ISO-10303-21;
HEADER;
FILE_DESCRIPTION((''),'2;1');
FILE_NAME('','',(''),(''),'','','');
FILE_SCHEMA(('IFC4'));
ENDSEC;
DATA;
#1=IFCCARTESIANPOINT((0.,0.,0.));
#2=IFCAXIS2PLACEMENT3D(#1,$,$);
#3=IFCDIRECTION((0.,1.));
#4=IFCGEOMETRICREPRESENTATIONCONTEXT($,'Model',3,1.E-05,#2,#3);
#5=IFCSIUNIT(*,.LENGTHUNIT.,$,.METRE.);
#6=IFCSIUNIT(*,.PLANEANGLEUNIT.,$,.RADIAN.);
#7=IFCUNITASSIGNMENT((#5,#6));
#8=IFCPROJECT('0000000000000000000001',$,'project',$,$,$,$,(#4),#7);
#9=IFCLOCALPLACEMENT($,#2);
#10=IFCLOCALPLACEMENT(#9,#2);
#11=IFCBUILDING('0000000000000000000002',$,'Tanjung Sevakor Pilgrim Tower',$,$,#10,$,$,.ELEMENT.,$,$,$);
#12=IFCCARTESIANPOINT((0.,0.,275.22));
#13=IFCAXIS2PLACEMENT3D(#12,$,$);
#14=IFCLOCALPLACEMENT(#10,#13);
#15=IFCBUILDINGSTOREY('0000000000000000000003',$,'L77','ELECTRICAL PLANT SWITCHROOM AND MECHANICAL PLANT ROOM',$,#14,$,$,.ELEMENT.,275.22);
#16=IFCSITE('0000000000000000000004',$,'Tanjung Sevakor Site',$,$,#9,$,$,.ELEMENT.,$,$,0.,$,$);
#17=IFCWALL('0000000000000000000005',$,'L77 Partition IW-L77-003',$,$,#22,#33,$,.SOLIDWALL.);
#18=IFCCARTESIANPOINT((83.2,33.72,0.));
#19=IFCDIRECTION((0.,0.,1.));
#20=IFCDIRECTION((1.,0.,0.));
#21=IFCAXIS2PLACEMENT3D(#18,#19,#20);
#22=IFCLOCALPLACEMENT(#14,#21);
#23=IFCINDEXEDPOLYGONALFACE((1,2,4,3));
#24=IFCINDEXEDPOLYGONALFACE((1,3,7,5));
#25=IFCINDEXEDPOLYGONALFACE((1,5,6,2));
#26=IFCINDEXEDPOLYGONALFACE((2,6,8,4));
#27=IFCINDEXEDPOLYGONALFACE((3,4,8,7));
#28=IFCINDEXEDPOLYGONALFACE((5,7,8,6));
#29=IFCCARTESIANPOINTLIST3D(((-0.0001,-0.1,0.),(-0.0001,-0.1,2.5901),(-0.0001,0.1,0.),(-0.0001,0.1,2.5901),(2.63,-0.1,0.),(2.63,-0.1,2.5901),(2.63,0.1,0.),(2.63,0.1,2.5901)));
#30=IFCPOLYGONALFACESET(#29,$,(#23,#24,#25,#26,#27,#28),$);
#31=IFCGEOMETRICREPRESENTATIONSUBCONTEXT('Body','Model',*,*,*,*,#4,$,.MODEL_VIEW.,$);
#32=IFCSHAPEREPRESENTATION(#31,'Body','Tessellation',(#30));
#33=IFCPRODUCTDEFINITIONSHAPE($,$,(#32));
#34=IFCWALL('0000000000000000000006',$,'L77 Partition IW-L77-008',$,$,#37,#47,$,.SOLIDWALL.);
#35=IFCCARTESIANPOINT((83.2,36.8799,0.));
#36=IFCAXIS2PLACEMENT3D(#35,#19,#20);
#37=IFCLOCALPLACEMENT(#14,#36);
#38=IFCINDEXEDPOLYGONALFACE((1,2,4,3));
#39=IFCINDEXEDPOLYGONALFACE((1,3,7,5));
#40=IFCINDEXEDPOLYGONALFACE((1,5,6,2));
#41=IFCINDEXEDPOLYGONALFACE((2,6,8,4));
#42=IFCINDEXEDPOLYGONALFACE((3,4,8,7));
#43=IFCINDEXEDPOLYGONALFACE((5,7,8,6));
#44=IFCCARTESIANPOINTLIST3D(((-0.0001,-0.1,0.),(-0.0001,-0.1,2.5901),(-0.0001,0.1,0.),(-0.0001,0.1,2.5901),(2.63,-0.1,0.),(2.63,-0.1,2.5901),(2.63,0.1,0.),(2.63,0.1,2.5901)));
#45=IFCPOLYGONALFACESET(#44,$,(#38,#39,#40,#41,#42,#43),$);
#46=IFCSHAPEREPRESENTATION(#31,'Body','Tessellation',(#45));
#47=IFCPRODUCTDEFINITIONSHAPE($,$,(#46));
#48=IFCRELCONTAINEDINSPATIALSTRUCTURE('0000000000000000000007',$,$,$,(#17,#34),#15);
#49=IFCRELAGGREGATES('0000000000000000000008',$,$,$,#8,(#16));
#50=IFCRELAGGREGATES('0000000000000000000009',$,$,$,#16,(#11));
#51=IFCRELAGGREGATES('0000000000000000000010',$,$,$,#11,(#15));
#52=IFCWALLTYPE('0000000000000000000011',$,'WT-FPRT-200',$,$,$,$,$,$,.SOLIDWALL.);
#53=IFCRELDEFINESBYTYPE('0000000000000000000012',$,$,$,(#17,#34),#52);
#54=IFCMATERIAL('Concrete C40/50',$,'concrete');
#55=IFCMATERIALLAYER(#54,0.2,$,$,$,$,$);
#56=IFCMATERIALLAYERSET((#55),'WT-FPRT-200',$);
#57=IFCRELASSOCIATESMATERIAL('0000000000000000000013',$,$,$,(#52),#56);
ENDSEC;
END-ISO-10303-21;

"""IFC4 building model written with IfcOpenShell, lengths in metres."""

from ifc_helpers import new_model, si_unit, direction, frame, frame_2d, origin, place, context, subcontext, project, spatial, rectangle, extrude, material, layer, layer_set, type_object, element, save


model = new_model("IFC4")

# Units and contexts
model_context = context("Model", 3, precision=1e-05, world=origin(), true_north=direction((0.0, 1.0)))
body_context = subcontext(model_context, "Body", "Model", "MODEL_VIEW")
ifc_project = project(units=[si_unit("LENGTHUNIT", "METRE"), si_unit("PLANEANGLEUNIT", "RADIAN")], contexts=[model_context])

# Site, building, storey
site_placement = place(None, origin())
site = spatial("IfcSite", under=ifc_project, at=site_placement, Name="Tanjung Sevakor Site", CompositionType="ELEMENT", RefElevation=0.0)
building_placement = place(site_placement, origin())
building = spatial("IfcBuilding", under=site, at=building_placement, Name="Tanjung Sevakor Pilgrim Tower", CompositionType="ELEMENT")
storey_placement = place(building_placement, frame((0.0, 0.0, 275.22)))
storey = spatial("IfcBuildingStorey", under=building, at=storey_placement, Name="L77", Description="ELECTRICAL PLANT SWITCHROOM AND MECHANICAL PLANT ROOM", CompositionType="ELEMENT", Elevation=275.22)

# Walls
ifc_material_1 = material(Name="Concrete C40/50", Category="concrete")
ifc_layer_1 = layer(ifc_material_1, 0.2)
ifc_layer_set_1 = layer_set([ifc_layer_1], Name="WT-FPRT-200")
wall_type_1 = type_object("IfcWallType", Name="WT-FPRT-200", PredefinedType="SOLIDWALL", material=ifc_layer_set_1)
wall_1_placement = place(storey_placement, frame((83.2, 33.72, 0.0), z_axis=(0.0, 0.0, 1.0), x_axis=(1.0, 0.0, 0.0)))
element("IfcWall", 1, at=wall_1_placement, inside=storey, type_object=wall_type_1, Name="L77 Partition IW-L77-003", PredefinedType="SOLIDWALL", context=body_context, shape_type="SweptSolid", body=[
    extrude(rectangle(XDim=2.6301, YDim=0.2, at=frame_2d((1.3149, 0.0))), origin(), (0.0, 0.0, 1.0), 2.5901),
])
wall_2_placement = place(storey_placement, frame((83.2, 36.8799, 0.0), z_axis=(0.0, 0.0, 1.0), x_axis=(1.0, 0.0, 0.0)))
element("IfcWall", 2, at=wall_2_placement, inside=storey, type_object=wall_type_1, Name="L77 Partition IW-L77-008", PredefinedType="SOLIDWALL", context=body_context, shape_type="SweptSolid", body=[
    extrude(rectangle(XDim=2.6301, YDim=0.2, at=frame_2d((1.3149, 0.0))), origin(), (0.0, 0.0, 1.0), 2.5901),
])

save(model, "model.ifc")
